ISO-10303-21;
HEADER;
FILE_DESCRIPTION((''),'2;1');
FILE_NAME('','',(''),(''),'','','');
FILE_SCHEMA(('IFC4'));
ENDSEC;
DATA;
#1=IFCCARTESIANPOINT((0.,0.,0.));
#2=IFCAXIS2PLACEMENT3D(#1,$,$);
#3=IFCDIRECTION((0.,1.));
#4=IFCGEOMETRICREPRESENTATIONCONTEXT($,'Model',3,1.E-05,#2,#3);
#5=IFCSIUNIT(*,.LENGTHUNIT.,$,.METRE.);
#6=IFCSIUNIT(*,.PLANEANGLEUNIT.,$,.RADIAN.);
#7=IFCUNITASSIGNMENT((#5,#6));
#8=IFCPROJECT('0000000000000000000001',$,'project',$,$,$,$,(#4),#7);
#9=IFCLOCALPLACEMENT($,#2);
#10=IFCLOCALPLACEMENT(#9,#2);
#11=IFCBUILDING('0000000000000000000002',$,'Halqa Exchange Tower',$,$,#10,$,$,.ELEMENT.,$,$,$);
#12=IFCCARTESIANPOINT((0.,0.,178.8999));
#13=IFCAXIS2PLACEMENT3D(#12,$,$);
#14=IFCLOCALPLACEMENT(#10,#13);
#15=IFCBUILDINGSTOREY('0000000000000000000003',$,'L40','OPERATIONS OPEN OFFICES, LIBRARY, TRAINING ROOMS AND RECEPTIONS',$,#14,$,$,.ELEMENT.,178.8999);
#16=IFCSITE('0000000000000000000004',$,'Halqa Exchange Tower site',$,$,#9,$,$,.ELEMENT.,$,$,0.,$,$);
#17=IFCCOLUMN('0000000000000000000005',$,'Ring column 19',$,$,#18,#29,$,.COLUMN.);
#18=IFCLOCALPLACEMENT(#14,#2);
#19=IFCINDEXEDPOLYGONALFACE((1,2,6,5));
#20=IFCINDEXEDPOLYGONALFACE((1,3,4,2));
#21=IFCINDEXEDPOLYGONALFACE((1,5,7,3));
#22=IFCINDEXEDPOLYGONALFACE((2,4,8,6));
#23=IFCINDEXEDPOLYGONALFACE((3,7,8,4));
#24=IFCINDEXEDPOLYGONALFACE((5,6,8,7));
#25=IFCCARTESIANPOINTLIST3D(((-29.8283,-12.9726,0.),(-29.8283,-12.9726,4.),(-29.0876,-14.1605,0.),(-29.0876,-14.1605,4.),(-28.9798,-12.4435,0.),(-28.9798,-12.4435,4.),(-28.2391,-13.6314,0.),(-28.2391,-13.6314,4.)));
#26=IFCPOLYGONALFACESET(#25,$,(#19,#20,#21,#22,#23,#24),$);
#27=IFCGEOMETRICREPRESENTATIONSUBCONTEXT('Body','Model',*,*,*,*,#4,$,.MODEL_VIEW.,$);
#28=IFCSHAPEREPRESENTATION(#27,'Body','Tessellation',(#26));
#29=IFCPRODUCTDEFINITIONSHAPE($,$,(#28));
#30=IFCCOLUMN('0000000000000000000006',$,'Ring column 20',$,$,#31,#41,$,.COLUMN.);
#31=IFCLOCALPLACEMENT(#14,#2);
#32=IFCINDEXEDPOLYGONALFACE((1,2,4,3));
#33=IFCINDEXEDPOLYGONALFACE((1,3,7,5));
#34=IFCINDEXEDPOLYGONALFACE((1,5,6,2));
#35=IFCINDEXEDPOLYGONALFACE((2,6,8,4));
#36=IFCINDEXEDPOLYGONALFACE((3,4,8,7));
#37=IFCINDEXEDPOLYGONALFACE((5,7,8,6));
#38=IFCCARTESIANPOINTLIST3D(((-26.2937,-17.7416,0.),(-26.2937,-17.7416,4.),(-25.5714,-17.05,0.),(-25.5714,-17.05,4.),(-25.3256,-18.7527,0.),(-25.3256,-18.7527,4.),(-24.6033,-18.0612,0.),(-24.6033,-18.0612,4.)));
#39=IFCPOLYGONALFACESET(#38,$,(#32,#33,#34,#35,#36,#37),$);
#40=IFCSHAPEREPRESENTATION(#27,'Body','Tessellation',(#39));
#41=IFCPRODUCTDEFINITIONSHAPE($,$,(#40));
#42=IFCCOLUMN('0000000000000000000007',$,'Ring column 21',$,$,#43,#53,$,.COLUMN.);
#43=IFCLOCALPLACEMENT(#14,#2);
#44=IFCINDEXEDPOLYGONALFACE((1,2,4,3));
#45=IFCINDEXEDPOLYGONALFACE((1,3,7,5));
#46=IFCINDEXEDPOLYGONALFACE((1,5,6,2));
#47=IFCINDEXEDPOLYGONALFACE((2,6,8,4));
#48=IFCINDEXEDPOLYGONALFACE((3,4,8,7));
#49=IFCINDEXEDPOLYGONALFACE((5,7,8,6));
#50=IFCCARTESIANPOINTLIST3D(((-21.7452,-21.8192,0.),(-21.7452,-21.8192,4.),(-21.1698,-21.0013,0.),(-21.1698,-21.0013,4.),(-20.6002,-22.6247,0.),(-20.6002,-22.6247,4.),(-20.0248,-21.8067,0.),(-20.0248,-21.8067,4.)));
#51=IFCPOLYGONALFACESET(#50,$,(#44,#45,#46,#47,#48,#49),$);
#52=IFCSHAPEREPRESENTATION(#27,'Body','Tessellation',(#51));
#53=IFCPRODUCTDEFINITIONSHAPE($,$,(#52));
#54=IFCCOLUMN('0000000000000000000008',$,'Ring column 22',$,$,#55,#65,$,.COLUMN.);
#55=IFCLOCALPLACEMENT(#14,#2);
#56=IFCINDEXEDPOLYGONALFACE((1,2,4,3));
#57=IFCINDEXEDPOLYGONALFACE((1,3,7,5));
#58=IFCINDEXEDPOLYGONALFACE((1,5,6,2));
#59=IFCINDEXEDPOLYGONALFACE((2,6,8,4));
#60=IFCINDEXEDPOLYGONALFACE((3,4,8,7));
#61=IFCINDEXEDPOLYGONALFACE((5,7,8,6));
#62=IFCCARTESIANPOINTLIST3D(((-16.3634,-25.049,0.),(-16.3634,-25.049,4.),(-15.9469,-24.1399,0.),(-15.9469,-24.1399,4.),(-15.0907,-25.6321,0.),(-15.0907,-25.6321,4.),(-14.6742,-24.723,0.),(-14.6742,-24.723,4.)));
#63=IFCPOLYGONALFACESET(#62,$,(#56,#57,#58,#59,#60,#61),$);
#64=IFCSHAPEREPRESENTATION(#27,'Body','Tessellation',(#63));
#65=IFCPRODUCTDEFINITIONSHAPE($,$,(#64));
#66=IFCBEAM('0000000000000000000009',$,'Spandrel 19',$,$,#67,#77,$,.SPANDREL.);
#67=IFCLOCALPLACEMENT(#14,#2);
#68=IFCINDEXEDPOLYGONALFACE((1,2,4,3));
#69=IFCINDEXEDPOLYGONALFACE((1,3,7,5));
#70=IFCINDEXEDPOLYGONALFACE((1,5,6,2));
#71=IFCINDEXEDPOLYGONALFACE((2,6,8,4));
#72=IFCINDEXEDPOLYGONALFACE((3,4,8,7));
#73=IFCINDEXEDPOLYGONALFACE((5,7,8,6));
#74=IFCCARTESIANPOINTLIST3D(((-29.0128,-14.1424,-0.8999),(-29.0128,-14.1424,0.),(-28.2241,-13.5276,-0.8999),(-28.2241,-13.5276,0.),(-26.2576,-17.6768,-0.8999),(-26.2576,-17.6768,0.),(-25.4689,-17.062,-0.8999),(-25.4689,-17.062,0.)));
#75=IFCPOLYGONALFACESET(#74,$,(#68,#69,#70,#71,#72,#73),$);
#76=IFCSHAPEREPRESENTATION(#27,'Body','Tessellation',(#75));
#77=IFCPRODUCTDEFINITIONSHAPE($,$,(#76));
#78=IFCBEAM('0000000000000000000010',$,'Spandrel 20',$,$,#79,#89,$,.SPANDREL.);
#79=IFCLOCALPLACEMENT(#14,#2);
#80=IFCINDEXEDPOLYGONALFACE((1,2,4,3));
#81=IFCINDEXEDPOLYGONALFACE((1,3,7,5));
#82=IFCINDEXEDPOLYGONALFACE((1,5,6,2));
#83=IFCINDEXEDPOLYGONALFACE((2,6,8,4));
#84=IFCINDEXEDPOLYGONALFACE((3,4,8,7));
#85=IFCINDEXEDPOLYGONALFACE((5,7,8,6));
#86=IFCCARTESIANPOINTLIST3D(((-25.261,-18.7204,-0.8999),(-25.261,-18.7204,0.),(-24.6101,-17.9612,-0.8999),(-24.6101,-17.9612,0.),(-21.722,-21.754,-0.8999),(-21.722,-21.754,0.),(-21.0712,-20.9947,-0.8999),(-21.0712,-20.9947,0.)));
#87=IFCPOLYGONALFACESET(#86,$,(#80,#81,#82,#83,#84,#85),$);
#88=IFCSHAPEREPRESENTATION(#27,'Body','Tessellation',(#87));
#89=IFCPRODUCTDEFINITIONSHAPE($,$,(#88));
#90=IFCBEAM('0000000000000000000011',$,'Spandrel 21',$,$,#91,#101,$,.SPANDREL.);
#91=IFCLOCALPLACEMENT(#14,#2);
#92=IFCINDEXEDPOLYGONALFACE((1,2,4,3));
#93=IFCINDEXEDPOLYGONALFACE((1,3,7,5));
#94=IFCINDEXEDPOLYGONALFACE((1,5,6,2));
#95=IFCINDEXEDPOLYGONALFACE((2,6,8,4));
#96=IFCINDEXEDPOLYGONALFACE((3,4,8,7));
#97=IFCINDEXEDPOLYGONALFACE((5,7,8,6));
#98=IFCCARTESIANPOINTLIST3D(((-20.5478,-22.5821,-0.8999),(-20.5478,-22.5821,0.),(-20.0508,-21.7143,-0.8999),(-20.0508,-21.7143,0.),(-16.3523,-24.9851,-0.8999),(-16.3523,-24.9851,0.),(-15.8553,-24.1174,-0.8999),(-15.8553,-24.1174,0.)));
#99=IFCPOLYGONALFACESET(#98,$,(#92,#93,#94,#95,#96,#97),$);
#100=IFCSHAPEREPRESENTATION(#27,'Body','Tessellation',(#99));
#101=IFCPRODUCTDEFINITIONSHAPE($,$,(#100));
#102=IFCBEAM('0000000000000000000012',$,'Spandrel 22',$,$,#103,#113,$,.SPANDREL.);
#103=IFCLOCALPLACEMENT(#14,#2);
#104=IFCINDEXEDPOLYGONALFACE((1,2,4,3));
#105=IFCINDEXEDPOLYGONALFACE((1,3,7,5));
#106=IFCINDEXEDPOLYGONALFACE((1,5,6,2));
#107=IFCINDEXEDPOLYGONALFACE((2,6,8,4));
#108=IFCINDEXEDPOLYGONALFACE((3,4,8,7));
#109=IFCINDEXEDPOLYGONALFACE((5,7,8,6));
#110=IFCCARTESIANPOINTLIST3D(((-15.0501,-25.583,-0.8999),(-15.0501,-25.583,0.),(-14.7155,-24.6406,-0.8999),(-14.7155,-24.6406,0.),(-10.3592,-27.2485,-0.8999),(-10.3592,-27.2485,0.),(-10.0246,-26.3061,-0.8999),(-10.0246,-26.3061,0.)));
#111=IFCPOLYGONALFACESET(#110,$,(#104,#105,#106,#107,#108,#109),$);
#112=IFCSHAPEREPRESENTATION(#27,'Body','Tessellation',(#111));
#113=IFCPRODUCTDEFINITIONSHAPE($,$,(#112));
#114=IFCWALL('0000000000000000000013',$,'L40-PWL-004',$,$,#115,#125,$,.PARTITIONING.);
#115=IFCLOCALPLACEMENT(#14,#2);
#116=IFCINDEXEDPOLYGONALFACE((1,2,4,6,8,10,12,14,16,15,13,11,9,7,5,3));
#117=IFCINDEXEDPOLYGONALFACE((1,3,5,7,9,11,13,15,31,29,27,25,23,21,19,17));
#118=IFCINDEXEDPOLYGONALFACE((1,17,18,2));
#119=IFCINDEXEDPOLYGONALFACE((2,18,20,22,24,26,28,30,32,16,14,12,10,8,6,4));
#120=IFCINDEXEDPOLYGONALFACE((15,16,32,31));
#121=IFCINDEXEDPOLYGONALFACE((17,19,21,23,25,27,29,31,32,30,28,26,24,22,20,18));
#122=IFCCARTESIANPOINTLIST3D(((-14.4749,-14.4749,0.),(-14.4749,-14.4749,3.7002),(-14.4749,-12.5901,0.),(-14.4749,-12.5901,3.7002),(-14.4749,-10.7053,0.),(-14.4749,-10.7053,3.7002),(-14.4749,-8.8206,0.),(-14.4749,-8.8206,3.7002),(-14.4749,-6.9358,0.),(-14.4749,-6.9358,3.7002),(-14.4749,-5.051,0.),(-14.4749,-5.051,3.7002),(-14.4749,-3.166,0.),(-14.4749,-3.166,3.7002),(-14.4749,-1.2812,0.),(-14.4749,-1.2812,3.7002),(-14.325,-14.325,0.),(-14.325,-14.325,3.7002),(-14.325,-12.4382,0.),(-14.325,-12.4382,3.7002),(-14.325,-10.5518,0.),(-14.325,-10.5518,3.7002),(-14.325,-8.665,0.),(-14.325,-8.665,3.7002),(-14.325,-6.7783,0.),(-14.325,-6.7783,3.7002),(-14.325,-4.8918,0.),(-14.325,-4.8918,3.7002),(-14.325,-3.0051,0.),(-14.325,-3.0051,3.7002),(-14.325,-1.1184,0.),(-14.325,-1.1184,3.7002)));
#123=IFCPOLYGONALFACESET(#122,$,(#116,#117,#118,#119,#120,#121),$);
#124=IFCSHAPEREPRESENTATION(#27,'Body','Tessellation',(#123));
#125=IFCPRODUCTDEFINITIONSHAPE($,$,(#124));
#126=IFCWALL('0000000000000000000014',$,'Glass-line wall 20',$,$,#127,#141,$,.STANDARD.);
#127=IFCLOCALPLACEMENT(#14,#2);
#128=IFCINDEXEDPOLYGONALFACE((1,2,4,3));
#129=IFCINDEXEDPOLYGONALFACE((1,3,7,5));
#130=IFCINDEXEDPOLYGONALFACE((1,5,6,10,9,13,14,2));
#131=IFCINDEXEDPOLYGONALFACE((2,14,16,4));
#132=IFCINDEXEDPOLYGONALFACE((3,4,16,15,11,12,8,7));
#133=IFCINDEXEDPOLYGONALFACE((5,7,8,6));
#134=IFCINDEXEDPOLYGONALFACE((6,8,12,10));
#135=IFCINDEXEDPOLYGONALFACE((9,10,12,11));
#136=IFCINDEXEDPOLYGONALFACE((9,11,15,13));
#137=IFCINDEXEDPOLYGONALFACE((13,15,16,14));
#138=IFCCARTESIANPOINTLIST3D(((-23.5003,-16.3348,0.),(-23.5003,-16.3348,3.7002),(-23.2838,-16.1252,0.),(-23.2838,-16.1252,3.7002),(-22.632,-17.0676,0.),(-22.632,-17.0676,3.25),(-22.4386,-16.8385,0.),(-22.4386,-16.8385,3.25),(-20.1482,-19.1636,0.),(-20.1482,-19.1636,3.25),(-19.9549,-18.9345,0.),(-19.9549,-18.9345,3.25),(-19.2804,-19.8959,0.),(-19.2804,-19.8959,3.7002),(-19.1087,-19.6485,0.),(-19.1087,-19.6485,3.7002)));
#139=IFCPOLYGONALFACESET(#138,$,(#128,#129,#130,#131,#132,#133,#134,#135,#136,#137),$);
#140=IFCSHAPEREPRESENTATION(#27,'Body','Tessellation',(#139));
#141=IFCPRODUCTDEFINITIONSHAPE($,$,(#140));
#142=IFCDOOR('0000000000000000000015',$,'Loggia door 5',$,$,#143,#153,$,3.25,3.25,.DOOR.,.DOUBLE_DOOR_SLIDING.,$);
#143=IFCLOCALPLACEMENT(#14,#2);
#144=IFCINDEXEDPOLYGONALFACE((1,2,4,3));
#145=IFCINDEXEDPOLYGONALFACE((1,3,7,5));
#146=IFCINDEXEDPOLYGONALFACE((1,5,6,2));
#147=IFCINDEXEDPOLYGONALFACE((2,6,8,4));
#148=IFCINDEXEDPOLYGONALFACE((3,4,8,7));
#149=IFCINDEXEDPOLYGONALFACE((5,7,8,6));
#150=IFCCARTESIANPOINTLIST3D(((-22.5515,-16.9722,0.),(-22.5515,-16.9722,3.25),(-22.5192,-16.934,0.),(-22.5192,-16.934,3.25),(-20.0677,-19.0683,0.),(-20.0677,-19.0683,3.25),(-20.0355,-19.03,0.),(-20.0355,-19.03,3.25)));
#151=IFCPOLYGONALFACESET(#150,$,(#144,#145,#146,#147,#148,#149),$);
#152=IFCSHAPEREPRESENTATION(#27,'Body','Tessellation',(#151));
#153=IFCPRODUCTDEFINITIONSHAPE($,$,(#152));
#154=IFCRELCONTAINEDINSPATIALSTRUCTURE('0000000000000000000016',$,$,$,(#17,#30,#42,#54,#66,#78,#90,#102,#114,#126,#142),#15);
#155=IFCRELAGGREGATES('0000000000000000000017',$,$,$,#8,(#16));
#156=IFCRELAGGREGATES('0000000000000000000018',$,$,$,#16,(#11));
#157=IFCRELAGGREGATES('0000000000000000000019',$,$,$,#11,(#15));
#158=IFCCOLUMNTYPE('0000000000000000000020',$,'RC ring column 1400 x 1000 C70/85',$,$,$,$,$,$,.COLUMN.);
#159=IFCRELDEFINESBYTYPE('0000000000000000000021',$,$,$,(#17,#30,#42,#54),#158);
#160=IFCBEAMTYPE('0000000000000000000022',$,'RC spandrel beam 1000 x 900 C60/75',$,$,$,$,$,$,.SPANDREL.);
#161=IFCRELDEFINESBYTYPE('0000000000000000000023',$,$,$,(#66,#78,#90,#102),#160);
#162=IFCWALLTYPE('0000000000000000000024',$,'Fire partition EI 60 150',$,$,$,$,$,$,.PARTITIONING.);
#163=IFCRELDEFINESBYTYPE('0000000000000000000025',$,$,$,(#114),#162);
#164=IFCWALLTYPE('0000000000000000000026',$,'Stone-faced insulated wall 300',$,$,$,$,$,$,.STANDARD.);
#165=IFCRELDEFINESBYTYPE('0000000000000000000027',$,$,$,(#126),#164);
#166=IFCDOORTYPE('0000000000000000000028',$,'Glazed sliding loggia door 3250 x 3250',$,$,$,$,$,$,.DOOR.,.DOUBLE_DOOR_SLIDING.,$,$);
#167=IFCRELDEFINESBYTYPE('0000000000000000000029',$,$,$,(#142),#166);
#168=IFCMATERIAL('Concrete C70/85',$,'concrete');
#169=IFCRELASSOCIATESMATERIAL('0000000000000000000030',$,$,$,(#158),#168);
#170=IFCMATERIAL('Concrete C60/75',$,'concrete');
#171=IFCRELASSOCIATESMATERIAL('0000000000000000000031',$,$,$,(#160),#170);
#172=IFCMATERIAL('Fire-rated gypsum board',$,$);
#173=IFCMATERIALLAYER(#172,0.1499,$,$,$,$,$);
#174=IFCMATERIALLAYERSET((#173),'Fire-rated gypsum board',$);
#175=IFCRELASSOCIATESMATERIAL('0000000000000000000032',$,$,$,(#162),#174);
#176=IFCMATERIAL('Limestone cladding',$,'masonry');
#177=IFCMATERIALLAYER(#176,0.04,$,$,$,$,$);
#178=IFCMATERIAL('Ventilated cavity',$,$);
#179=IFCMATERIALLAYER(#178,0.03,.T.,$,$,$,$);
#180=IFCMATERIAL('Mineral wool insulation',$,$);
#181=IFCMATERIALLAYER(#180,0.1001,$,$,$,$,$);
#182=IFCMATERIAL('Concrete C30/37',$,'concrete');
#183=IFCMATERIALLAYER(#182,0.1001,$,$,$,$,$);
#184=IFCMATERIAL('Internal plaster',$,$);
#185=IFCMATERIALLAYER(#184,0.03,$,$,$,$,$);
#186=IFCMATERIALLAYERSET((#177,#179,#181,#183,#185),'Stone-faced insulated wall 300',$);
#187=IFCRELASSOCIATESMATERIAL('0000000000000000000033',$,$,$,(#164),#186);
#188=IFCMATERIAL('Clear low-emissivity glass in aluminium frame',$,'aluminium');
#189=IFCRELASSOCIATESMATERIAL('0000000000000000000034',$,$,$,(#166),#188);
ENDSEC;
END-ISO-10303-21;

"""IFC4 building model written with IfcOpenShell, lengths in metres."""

from ifc_helpers import new_model, si_unit, direction, frame, frame_2d, origin, origin_2d, place, context, subcontext, project, spatial, polyline, rectangle, outline, extrude, material, layer, layer_set, material_profile, profile_set, type_object, element, fill, save


model = new_model("IFC4")

# Units and contexts
model_context = context("Model", 3, precision=1e-05, world=origin(), true_north=direction((0.0, 1.0)))
body_context = subcontext(model_context, "Body", "Model", "MODEL_VIEW")
ifc_project = project(units=[si_unit("LENGTHUNIT", "METRE"), si_unit("PLANEANGLEUNIT", "RADIAN")], contexts=[model_context])

# Site, building, storey
site_placement = place(None, origin())
site = spatial("IfcSite", under=ifc_project, at=site_placement, Name="Halqa Exchange Tower site", CompositionType="ELEMENT", RefElevation=0.0)
building_placement = place(site_placement, origin())
building = spatial("IfcBuilding", under=site, at=building_placement, Name="Halqa Exchange Tower", CompositionType="ELEMENT")
storey_placement = place(building_placement, frame((0.0, 0.0, 178.8999)))
storey = spatial("IfcBuildingStorey", under=building, at=storey_placement, Name="L40", Description="OPERATIONS OPEN OFFICES, LIBRARY, TRAINING ROOMS AND RECEPTIONS", CompositionType="ELEMENT", Elevation=178.8999)

# Columns
ifc_material_1 = material(Name="Concrete C70/85", Category="concrete")
ifc_material_profile_1 = material_profile(ifc_material_1, rectangle(XDim=1.3999, YDim=1.0, at=origin_2d()), Name="1400 x 1000")
ifc_profile_set_1 = profile_set([ifc_material_profile_1], Name="Concrete C70/85")
column_type = type_object("IfcColumnType", Name="RC ring column 1400 x 1000 C70/85", PredefinedType="COLUMN", material=ifc_profile_set_1)
for number, where, z_axis, x_axis, name in (
    (1, (-29.0337, -13.302, 0.0), (0.0, 0.0, 1.0), (0.529138, -0.848536, 0.0), "Ring column 19"),
    (2, (-25.4485, -17.9014, 0.0), (0.0, 0.0, 1.0), (0.691575, -0.722305, 0.0), "Ring column 20"),
    (3, (-20.885, -21.813, 0.0), (0.0, 0.0, 1.0), (0.817912, -0.575344, 0.0), "Ring column 21"),
    (4, (-15.5188, -24.886, 0.0), (0.0, 0.0, 1.0), (0.909128, -0.416517, 0.0), "Ring column 22"),
):
    element("IfcColumn", number, at=place(storey_placement, frame(where, z_axis=z_axis, x_axis=x_axis)), inside=storey, type_object=column_type, Name=name, PredefinedType="COLUMN", context=body_context, shape_type="SweptSolid", body=[
        extrude(rectangle(XDim=1.3999, YDim=1.0, at=origin_2d()), origin(), (0.0, 0.0, 1.0), 4.0),
    ])

# Beams
ifc_material_2 = material(Name="Concrete C60/75", Category="concrete")
ifc_material_profile_2 = material_profile(ifc_material_2, rectangle(XDim=1.0, YDim=0.8999, at=origin_2d()), Name="1000 x 900")
ifc_profile_set_2 = profile_set([ifc_material_profile_2], Name="Concrete C60/75")
beam_type = type_object("IfcBeamType", Name="RC spandrel beam 1000 x 900 C60/75", PredefinedType="SPANDREL", material=ifc_profile_set_2)
beam_1_placement = place(storey_placement, frame((-28.6184, -13.835, -0.45), z_axis=(0.614793, -0.788689, 0.0), x_axis=(0.788689, 0.614793, 0.0)))
element("IfcBeam", 5, at=beam_1_placement, inside=storey, type_object=beam_type, Name="Spandrel 19", PredefinedType="SPANDREL", context=body_context, shape_type="SweptSolid", body=[
    extrude(rectangle(XDim=1.0, YDim=0.8999, at=origin_2d()), origin(), (0.0, 0.0, 1.0), 4.4814),
])
beam_2_placement = place(storey_placement, frame((-24.9355, -18.3408, -0.45), z_axis=(0.759238, -0.650813, 0.0), x_axis=(0.650813, 0.759238, 0.0)))
element("IfcBeam", 6, at=beam_2_placement, inside=storey, type_object=beam_type, Name="Spandrel 20", PredefinedType="SPANDREL", context=body_context, shape_type="SweptSolid", body=[
    extrude(rectangle(XDim=1.0, YDim=0.8999, at=origin_2d()), origin(), (0.0, 0.0, 1.0), 4.6611),
])
beam_3_placement = place(storey_placement, frame((-20.2993, -22.1482, -0.45), z_axis=(0.867742, -0.497014, 0.0), x_axis=(0.497014, 0.867742, 0.0)))
element("IfcBeam", 7, at=beam_3_placement, inside=storey, type_object=beam_type, Name="Spandrel 21", PredefinedType="SPANDREL", context=body_context, shape_type="SweptSolid", body=[
    extrude(rectangle(XDim=1.0, YDim=0.8999, at=origin_2d()), origin(), (0.0, 0.0, 1.0), 4.835),
])
beam_4_placement = place(storey_placement, frame((-14.8828, -25.1118, -0.45), z_axis=(0.942364, -0.33459, 0.0), x_axis=(0.33459, 0.942364, 0.0)))
element("IfcBeam", 8, at=beam_4_placement, inside=storey, type_object=beam_type, Name="Spandrel 22", PredefinedType="SPANDREL", context=body_context, shape_type="SweptSolid", body=[
    extrude(rectangle(XDim=1.0, YDim=0.8999, at=origin_2d()), origin(), (0.0, 0.0, 1.0), 4.9778),
])

# Wall
ifc_material_3 = material(Name="Fire-rated gypsum board")
ifc_layer_1 = layer(ifc_material_3, 0.1499)
ifc_layer_set_1 = layer_set([ifc_layer_1], Name="Fire-rated gypsum board")
wall_type_1 = type_object("IfcWallType", Name="Fire partition EI 60 150", PredefinedType="PARTITIONING", material=ifc_layer_set_1)
wall_1_placement = place(storey_placement, frame((-14.3999, -14.4751, 0.0), z_axis=(0.0, 0.0, 1.0), x_axis=(0.0, 1.0, 0.0)))
element("IfcWall", 9, at=wall_1_placement, inside=storey, type_object=wall_type_1, Name="L40-PWL-004", PredefinedType="PARTITIONING", context=body_context, shape_type="SweptSolid", body=[
    extrude(outline(polyline([(0.1501, -0.075), (2.0369, -0.075), (3.9233, -0.075), (5.8101, -0.075), (7.6968, -0.075), (9.5833, -0.075), (11.47, -0.075), (13.3567, -0.075), (13.1938, 0.075), (11.3091, 0.075), (9.4241, 0.075), (7.5393, 0.075), (5.6545, 0.075), (3.7698, 0.075), (1.885, 0.075), (0.0002, 0.075), (0.1501, -0.075)])), origin(), (0.0, 0.0, 1.0), 3.7002),
])

# Wall, opening, door
ifc_material_4 = material(Name="Limestone cladding", Category="masonry")
ifc_layer_2 = layer(ifc_material_4, 0.04)
ifc_material_5 = material(Name="Ventilated cavity")
ifc_layer_3 = layer(ifc_material_5, 0.03, ventilated=True)
ifc_material_6 = material(Name="Mineral wool insulation")
ifc_layer_4 = layer(ifc_material_6, 0.1001)
ifc_material_7 = material(Name="Concrete C30/37", Category="concrete")
ifc_layer_5 = layer(ifc_material_7, 0.1001)
ifc_material_8 = material(Name="Internal plaster")
ifc_layer_6 = layer(ifc_material_8, 0.03)
ifc_layer_set_2 = layer_set([ifc_layer_2, ifc_layer_3, ifc_layer_4, ifc_layer_5, ifc_layer_6], Name="Stone-faced insulated wall 300")
wall_type_2 = type_object("IfcWallType", Name="Stone-faced insulated wall 300", PredefinedType="STANDARD", material=ifc_layer_set_2)
wall_2_placement = place(storey_placement, frame((-23.3921, -16.23, 0.0), z_axis=(0.0, 0.0, 1.0), x_axis=(0.764239, -0.644933, 0.0)))
wall_2 = element("IfcWall", 10, at=wall_2_placement, inside=storey, type_object=wall_type_2, Name="Glass-line wall 20", PredefinedType="STANDARD", context=body_context, shape_type="SweptSolid", body=[
    extrude(outline(polyline([(-0.0151, -0.1499), (5.5066, -0.1499), (5.4783, 0.1499), (0.0151, 0.1499), (-0.0151, -0.1499)])), origin(), (0.0, 0.0, 1.0), 3.7002),
])
opening_1_placement = place(wall_2_placement, frame((1.1211, 0.0, 0.0)))
opening_1 = element("IfcOpeningElement", 11, at=opening_1_placement, cuts=wall_2, PredefinedType="OPENING", context=body_context, shape_type="SweptSolid", body=[
    extrude(rectangle(XDim=3.25, YDim=3.25, at=frame_2d((1.625, 1.625))), frame((0.0, 0.1621, 0.0), z_axis=(0.0, -1.0, 0.0), x_axis=(1.0, 0.0, 0.0)), (0.0, 0.0, 1.0), 0.324),
])
ifc_material_9 = material(Name="Clear low-emissivity glass in aluminium frame", Category="aluminium")
door_type = type_object("IfcDoorType", Name="Glazed sliding loggia door 3250 x 3250", OperationType="DOUBLE_DOOR_SLIDING", PredefinedType="DOOR", material=ifc_material_9)
door_placement = place(opening_1_placement, origin())
door = element("IfcDoor", 12, at=door_placement, inside=storey, type_object=door_type, Name="Loggia door 5", OperationType="DOUBLE_DOOR_SLIDING", OverallHeight=3.25, OverallWidth=3.25, PredefinedType="DOOR", context=body_context, shape_type="SweptSolid", body=[
    extrude(rectangle(XDim=3.25, YDim=3.25, at=frame_2d((1.625, 1.625))), frame((0.0, 0.0249, 0.0), z_axis=(0.0, -1.0, 0.0), x_axis=(1.0, 0.0, 0.0)), (0.0, 0.0, 1.0), 0.05),
])
fill(opening_1, door)

save(model, "model.ifc")
